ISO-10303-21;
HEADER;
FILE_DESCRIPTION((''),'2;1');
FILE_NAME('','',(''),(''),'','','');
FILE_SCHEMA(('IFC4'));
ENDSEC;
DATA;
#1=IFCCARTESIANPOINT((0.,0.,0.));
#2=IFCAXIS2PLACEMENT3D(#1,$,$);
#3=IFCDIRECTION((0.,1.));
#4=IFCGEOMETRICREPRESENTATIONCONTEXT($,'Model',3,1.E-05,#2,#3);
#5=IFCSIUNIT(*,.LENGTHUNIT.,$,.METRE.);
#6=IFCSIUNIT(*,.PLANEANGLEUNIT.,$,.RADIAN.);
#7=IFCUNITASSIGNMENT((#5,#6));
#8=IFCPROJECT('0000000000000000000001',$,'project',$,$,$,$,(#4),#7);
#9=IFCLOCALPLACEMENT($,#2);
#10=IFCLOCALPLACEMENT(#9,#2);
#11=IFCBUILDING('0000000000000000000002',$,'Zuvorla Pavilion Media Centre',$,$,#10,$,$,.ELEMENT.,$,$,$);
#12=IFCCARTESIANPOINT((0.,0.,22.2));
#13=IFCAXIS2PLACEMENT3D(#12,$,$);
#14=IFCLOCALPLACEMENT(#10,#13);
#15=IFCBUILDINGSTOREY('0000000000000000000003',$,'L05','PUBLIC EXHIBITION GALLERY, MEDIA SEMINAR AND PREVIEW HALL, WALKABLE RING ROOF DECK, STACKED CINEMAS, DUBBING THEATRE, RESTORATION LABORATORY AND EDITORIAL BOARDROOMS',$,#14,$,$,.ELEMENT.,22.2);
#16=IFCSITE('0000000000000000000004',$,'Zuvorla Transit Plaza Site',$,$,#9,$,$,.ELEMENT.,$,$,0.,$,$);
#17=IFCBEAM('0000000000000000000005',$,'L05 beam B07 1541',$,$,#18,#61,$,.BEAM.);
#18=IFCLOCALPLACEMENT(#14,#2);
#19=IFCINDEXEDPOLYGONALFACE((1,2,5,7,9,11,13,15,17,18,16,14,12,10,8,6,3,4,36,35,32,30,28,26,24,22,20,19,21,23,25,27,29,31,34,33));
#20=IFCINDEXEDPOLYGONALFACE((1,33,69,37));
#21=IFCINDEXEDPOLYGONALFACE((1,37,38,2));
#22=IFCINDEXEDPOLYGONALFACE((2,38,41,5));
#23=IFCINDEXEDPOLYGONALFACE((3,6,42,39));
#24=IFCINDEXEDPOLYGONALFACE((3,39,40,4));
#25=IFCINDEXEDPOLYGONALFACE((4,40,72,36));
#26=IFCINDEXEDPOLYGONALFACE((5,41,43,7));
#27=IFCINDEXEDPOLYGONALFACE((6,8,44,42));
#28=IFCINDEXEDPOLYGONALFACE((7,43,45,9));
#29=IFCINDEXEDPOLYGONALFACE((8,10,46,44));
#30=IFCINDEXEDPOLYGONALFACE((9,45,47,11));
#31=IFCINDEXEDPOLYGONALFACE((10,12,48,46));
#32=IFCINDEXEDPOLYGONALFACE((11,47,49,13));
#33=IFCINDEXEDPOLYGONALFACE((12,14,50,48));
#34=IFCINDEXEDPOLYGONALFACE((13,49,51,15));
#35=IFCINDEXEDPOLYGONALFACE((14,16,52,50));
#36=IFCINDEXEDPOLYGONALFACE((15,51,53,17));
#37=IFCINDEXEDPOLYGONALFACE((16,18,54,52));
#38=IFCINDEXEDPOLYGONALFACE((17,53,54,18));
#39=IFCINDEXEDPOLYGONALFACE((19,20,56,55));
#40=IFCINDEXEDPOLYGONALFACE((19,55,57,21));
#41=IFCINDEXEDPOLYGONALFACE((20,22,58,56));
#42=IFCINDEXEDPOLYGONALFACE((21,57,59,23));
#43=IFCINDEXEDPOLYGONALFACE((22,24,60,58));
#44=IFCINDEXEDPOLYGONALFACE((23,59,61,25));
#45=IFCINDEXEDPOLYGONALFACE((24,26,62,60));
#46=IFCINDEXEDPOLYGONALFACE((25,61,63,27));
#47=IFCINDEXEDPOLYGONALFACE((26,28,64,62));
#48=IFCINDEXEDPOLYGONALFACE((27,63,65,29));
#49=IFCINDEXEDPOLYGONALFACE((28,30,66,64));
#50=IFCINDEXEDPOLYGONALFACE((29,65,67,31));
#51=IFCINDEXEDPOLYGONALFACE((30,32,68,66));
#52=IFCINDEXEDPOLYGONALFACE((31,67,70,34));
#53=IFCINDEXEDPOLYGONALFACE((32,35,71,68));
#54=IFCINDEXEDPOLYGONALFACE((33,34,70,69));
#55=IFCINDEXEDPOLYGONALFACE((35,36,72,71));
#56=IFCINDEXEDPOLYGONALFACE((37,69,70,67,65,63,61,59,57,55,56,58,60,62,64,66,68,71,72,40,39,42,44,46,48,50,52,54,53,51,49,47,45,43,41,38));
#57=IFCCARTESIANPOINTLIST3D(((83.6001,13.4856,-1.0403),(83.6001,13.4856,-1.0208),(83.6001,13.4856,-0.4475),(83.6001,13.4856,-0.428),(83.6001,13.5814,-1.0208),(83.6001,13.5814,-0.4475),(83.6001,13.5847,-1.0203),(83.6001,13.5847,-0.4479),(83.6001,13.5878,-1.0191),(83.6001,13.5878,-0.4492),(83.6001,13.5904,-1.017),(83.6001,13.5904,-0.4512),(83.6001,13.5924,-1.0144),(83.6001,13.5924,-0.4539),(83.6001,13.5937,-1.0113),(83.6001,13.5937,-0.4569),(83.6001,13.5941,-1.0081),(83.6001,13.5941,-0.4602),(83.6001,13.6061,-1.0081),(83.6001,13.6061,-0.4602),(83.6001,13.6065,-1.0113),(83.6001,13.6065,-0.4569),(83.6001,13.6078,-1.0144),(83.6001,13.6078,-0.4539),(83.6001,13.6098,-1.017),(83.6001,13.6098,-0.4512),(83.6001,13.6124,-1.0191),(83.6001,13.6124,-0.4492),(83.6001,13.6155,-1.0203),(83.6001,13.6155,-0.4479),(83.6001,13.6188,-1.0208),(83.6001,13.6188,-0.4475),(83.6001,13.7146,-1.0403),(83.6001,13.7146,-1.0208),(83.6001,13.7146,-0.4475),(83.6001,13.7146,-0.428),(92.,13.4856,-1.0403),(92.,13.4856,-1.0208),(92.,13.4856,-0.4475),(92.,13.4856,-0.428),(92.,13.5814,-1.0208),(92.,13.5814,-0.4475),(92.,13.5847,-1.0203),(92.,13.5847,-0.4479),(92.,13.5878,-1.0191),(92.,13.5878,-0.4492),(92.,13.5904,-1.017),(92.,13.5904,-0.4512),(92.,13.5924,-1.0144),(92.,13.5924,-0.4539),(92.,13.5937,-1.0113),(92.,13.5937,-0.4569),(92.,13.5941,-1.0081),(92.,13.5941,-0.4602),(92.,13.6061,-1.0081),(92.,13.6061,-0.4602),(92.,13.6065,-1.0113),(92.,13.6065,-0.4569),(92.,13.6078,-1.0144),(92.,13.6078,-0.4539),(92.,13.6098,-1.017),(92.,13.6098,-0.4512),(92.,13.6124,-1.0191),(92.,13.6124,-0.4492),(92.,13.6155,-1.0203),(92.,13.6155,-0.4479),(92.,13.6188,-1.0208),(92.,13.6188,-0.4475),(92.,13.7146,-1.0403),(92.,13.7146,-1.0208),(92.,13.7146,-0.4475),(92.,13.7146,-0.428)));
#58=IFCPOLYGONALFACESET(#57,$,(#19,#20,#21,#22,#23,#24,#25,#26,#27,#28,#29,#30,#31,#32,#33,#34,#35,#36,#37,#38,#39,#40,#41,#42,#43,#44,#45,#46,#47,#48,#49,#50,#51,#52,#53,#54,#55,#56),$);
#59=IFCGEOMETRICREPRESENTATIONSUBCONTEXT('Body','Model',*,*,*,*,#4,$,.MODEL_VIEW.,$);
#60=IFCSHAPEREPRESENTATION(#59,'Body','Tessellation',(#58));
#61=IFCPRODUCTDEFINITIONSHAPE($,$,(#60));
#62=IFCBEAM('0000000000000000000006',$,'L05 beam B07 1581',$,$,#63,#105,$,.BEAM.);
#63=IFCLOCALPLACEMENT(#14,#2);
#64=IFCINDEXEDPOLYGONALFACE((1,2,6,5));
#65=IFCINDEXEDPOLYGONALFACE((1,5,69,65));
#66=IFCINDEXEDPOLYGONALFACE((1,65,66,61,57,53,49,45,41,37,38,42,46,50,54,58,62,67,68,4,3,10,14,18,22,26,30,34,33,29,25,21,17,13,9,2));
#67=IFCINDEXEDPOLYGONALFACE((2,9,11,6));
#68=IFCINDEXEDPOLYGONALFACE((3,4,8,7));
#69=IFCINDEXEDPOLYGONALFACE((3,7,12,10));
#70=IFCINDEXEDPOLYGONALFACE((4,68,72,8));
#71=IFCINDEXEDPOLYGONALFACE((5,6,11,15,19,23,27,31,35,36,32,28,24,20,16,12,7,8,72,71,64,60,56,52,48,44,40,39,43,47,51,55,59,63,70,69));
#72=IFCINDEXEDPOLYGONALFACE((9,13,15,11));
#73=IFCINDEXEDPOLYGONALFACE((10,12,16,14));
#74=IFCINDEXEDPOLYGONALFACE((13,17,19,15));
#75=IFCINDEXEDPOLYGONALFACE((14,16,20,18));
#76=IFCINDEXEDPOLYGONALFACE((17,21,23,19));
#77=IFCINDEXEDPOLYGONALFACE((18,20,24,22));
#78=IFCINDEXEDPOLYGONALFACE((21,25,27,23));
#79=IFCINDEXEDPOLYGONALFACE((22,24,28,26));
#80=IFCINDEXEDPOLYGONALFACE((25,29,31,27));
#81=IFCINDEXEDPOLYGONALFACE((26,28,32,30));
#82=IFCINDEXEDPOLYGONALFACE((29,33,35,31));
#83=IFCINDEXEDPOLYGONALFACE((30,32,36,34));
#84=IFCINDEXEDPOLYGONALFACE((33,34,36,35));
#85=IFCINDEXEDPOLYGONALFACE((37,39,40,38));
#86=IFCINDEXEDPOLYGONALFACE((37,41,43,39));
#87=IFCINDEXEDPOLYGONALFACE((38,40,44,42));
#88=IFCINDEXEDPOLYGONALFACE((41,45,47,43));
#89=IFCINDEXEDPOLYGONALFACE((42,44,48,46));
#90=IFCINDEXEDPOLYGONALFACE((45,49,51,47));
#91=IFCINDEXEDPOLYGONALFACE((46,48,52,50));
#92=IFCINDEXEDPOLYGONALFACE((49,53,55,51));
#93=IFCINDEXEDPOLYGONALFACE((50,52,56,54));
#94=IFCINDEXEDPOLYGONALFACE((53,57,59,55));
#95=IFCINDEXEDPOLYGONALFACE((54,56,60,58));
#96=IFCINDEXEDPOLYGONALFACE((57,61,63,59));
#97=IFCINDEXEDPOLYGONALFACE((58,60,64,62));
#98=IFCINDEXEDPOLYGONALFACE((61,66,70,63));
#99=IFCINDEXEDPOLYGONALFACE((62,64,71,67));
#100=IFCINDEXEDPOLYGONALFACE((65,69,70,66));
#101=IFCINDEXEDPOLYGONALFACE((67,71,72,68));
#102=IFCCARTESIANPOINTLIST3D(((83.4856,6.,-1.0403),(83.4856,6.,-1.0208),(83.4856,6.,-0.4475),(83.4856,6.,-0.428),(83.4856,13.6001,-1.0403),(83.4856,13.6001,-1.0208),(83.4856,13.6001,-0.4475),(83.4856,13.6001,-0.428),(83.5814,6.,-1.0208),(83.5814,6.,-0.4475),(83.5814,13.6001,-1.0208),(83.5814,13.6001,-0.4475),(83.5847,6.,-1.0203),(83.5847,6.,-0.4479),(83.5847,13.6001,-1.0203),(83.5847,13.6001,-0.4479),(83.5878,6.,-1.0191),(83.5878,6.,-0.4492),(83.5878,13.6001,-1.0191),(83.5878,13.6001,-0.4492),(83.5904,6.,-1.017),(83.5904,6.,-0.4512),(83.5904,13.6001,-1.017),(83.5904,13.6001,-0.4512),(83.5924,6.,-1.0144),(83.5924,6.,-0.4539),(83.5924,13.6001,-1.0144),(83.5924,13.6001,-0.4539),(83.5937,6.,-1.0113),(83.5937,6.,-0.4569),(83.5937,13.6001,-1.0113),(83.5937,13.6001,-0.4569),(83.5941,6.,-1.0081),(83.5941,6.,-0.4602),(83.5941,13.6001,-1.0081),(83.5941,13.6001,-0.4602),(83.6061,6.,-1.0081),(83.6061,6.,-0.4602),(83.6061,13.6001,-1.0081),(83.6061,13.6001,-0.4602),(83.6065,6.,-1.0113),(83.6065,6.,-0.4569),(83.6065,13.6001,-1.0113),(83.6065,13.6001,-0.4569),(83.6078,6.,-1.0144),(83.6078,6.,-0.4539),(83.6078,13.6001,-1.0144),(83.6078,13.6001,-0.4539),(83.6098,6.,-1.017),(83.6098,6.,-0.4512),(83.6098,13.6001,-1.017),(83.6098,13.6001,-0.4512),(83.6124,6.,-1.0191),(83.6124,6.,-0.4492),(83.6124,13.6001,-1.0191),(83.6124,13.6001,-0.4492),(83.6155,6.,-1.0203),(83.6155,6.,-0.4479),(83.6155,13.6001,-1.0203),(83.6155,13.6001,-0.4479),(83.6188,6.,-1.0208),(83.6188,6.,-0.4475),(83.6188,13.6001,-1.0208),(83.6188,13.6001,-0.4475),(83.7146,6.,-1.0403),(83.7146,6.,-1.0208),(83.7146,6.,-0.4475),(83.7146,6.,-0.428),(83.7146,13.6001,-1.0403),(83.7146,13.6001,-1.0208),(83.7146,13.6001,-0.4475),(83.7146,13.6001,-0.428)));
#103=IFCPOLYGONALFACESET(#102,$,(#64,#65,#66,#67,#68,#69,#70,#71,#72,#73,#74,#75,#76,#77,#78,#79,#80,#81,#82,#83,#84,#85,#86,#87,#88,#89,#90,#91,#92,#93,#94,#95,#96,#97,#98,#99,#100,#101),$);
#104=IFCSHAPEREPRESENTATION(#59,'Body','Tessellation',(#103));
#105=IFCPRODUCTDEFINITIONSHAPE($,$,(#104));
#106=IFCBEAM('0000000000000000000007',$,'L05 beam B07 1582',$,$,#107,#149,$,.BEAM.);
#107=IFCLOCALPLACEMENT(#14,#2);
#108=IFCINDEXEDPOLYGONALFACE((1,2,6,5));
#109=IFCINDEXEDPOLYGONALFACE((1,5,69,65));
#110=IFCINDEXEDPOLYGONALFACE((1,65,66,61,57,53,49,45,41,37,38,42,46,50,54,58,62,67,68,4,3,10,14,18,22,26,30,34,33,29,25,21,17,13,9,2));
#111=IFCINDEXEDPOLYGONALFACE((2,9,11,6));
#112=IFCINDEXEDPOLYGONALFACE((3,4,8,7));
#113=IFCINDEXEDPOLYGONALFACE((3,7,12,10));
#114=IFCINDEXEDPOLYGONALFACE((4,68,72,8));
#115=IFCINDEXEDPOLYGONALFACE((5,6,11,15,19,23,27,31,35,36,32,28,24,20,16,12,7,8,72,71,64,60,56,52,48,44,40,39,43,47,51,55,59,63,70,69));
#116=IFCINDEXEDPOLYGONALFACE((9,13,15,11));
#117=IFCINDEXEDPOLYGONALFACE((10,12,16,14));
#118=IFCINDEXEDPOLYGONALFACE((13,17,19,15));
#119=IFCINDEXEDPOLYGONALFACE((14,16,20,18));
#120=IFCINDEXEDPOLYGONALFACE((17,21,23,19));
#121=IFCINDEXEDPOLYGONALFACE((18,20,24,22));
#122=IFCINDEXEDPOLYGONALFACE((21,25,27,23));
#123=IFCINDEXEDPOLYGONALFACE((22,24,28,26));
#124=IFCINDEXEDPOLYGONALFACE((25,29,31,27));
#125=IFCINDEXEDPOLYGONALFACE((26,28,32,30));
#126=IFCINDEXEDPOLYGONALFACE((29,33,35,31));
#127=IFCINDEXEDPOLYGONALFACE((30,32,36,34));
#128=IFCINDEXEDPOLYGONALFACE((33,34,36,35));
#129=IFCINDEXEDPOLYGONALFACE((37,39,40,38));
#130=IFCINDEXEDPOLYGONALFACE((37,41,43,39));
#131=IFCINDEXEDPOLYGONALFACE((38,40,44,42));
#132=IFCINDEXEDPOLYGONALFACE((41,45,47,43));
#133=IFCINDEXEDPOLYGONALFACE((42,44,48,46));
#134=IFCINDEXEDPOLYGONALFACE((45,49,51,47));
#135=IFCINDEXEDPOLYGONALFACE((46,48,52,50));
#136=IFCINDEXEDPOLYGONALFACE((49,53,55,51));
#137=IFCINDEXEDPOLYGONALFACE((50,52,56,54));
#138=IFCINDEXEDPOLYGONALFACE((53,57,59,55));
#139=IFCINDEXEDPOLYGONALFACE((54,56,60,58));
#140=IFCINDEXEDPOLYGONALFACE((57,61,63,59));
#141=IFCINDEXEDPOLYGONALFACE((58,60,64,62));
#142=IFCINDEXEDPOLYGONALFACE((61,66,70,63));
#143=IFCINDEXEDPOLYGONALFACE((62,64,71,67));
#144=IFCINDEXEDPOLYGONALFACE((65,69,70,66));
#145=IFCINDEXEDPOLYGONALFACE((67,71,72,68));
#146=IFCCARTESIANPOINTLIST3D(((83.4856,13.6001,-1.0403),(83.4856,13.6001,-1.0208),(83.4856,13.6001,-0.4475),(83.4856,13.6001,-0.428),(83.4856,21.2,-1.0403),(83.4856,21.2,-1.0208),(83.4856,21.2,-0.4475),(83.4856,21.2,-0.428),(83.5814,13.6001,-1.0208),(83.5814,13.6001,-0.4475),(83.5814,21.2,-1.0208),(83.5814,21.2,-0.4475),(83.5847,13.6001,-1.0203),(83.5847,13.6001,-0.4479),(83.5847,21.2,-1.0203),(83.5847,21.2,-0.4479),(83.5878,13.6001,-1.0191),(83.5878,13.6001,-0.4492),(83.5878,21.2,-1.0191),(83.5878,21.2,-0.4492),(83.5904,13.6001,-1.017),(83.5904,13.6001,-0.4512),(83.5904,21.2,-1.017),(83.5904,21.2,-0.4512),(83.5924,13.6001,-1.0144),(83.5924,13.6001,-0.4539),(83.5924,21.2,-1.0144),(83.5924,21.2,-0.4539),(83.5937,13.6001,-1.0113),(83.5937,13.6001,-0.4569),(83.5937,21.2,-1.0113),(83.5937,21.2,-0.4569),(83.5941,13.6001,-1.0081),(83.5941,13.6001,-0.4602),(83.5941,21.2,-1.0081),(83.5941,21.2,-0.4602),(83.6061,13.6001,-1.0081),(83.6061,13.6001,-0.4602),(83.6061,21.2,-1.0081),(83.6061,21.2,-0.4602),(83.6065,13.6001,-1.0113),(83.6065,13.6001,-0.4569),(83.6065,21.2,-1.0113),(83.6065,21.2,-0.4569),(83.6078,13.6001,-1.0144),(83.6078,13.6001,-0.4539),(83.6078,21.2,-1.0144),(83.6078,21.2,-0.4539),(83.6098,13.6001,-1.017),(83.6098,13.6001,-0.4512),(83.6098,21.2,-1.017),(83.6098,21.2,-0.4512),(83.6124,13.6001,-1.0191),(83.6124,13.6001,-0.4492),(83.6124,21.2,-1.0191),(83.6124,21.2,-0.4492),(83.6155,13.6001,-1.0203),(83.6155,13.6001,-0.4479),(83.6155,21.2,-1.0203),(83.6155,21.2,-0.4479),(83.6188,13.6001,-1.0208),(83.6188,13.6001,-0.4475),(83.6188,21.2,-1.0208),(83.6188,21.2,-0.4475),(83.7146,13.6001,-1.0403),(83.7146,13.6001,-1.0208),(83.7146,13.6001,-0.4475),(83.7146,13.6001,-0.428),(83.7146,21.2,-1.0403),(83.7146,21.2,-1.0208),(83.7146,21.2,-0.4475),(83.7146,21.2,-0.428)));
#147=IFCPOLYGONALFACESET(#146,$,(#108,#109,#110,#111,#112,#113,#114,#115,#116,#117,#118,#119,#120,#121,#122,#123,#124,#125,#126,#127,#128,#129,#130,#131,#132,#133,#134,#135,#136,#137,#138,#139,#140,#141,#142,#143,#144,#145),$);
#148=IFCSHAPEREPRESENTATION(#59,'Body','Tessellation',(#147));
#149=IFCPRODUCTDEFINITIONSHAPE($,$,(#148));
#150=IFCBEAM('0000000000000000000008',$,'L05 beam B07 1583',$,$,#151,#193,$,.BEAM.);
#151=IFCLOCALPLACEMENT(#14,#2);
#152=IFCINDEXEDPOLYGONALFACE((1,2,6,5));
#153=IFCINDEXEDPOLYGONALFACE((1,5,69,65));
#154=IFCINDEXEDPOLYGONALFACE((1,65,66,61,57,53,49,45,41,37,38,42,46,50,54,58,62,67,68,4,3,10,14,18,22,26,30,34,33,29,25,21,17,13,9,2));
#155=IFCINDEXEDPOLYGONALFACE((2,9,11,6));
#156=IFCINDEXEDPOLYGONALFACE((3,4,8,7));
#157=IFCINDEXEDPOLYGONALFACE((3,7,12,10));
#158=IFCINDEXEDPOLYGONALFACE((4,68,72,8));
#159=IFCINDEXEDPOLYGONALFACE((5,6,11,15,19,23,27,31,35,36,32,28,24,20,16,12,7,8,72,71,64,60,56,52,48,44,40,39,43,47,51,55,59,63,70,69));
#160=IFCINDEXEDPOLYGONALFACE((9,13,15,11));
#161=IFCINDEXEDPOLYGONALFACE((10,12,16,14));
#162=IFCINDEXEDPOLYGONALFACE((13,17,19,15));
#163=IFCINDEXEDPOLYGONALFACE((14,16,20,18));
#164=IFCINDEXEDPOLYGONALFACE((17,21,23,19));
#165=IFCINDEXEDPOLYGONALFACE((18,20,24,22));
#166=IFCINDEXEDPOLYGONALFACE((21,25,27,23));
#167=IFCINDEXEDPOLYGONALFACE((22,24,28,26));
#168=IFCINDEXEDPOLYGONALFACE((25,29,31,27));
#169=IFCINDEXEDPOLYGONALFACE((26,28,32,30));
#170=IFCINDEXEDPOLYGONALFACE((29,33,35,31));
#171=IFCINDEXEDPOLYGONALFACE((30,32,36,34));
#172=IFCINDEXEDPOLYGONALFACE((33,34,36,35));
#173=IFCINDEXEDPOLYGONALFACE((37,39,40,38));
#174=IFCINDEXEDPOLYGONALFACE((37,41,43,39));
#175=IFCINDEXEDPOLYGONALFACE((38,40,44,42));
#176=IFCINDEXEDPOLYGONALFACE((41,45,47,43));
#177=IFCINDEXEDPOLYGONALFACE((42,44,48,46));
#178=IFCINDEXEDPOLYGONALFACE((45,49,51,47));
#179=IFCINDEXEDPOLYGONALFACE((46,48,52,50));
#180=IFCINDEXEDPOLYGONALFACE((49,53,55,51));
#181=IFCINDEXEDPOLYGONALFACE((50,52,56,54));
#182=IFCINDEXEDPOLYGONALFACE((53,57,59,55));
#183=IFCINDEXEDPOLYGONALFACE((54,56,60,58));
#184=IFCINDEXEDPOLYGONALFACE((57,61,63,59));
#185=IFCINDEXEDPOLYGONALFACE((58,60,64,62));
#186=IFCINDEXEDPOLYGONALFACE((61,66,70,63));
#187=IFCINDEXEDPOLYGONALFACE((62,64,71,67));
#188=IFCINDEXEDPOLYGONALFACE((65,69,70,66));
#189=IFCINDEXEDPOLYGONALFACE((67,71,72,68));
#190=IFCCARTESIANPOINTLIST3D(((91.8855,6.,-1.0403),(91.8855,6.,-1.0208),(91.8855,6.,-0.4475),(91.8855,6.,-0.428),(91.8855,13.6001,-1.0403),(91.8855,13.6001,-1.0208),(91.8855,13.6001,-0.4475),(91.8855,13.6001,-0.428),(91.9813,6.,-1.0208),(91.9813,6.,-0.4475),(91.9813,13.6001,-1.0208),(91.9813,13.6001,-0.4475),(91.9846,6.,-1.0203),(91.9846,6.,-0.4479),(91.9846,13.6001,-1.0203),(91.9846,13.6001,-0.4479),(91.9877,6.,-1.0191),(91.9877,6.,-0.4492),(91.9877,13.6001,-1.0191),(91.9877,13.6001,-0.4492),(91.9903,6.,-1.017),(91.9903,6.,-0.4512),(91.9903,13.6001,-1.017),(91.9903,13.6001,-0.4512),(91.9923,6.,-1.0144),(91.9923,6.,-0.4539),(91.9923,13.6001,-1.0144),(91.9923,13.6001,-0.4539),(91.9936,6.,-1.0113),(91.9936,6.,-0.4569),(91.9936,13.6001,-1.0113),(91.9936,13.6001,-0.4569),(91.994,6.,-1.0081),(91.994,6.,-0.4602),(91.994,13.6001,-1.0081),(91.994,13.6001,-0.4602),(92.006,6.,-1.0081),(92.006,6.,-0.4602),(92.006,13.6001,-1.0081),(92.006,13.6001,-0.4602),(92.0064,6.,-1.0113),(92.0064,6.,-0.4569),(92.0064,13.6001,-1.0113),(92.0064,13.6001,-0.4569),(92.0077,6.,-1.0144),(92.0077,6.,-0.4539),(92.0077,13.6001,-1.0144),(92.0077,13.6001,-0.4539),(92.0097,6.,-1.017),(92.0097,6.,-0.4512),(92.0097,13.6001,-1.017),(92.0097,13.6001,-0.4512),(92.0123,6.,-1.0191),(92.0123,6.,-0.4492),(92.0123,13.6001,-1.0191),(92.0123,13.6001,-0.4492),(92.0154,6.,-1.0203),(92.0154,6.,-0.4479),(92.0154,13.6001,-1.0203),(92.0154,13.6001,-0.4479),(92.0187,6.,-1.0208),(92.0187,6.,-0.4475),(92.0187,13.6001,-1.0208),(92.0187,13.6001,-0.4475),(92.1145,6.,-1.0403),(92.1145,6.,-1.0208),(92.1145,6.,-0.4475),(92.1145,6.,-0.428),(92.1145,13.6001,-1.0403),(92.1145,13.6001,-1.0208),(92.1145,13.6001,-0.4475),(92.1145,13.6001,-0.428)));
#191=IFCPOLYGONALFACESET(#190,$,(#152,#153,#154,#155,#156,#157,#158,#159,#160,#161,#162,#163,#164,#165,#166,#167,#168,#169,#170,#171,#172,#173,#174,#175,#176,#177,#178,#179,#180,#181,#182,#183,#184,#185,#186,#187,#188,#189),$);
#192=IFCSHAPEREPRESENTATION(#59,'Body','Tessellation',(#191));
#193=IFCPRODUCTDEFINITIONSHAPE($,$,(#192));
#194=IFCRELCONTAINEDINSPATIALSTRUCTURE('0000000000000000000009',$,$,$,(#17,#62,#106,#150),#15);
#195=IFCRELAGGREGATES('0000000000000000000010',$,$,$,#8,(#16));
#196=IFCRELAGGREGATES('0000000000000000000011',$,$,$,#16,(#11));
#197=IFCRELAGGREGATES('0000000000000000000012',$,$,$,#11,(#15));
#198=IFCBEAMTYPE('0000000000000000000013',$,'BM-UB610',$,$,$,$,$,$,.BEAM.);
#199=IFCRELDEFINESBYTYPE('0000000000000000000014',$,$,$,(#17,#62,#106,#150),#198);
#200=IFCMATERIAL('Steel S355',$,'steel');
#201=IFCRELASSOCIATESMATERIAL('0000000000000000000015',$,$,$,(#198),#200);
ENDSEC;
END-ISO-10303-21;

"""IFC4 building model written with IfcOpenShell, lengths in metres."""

from ifc_helpers import new_model, si_unit, direction, frame, origin, origin_2d, place, context, subcontext, project, spatial, i_section, extrude, material, material_profile, profile_set, type_object, element, save


model = new_model("IFC4")

# Units and contexts
model_context = context("Model", 3, precision=1e-05, world=origin(), true_north=direction((0.0, 1.0)))
body_context = subcontext(model_context, "Body", "Model", "MODEL_VIEW")
ifc_project = project(units=[si_unit("LENGTHUNIT", "METRE"), si_unit("PLANEANGLEUNIT", "RADIAN")], contexts=[model_context])

# Site, building, storey
site_placement = place(None, origin())
site = spatial("IfcSite", under=ifc_project, at=site_placement, Name="Zuvorla Transit Plaza Site", CompositionType="ELEMENT", RefElevation=0.0)
building_placement = place(site_placement, origin())
building = spatial("IfcBuilding", under=site, at=building_placement, Name="Zuvorla Pavilion Media Centre", CompositionType="ELEMENT")
storey_placement = place(building_placement, frame((0.0, 0.0, 22.2)))
storey = spatial("IfcBuildingStorey", under=building, at=storey_placement, Name="L05", Description="PUBLIC EXHIBITION GALLERY, MEDIA SEMINAR AND PREVIEW HALL, WALKABLE RING ROOF DECK, STACKED CINEMAS, DUBBING THEATRE, RESTORATION LABORATORY AND EDITORIAL BOARDROOMS", CompositionType="ELEMENT", Elevation=22.2)

# Beams
ifc_material_1 = material(Name="Steel S355", Category="steel")
ifc_material_profile_1 = material_profile(ifc_material_1, i_section(OverallWidth=0.229, OverallDepth=0.6123, WebThickness=0.012, FlangeThickness=0.0195, FilletRadius=0.0127, at=origin_2d()), Name="UB 610x229x125")
ifc_profile_set_1 = profile_set([ifc_material_profile_1], Name="Steel S355")
beam_type_1 = type_object("IfcBeamType", Name="BM-UB610", PredefinedType="BEAM", material=ifc_profile_set_1)
beam_1_placement = place(storey_placement, frame((83.6001, 13.6001, -0.7341), z_axis=(1.0, 0.0, 0.0), x_axis=(0.0, 1.0, 0.0)))
element("IfcBeam", 1, at=beam_1_placement, inside=storey, type_object=beam_type_1, Name="L05 beam B07 1541", PredefinedType="BEAM", context=body_context, shape_type="SweptSolid", body=[
    extrude(i_section(OverallWidth=0.229, OverallDepth=0.6123, WebThickness=0.012, FlangeThickness=0.0195, FilletRadius=0.0127, at=origin_2d()), origin(), (0.0, 0.0, 1.0), 8.3999),
])
beam_2_placement = place(storey_placement, frame((83.6001, 6.0, -0.7341), z_axis=(0.0, 1.0, 0.0), x_axis=(-1.0, 0.0, 0.0)))
element("IfcBeam", 2, at=beam_2_placement, inside=storey, type_object=beam_type_1, Name="L05 beam B07 1581", PredefinedType="BEAM", context=body_context, shape_type="SweptSolid", body=[
    extrude(i_section(OverallWidth=0.229, OverallDepth=0.6123, WebThickness=0.012, FlangeThickness=0.0195, FilletRadius=0.0127, at=origin_2d()), origin(), (0.0, 0.0, 1.0), 7.6001),
])
beam_3_placement = place(storey_placement, frame((83.6001, 13.6001, -0.7341), z_axis=(0.0, 1.0, 0.0), x_axis=(-1.0, 0.0, 0.0)))
element("IfcBeam", 3, at=beam_3_placement, inside=storey, type_object=beam_type_1, Name="L05 beam B07 1582", PredefinedType="BEAM", context=body_context, shape_type="SweptSolid", body=[
    extrude(i_section(OverallWidth=0.229, OverallDepth=0.6123, WebThickness=0.012, FlangeThickness=0.0195, FilletRadius=0.0127, at=origin_2d()), origin(), (0.0, 0.0, 1.0), 7.5999),
])
beam_4_placement = place(storey_placement, frame((92.0, 6.0, -0.7341), z_axis=(0.0, 1.0, 0.0), x_axis=(-1.0, 0.0, 0.0)))
element("IfcBeam", 4, at=beam_4_placement, inside=storey, type_object=beam_type_1, Name="L05 beam B07 1583", PredefinedType="BEAM", context=body_context, shape_type="SweptSolid", body=[
    extrude(i_section(OverallWidth=0.229, OverallDepth=0.6123, WebThickness=0.012, FlangeThickness=0.0195, FilletRadius=0.0127, at=origin_2d()), origin(), (0.0, 0.0, 1.0), 7.6001),
])

save(model, "model.ifc")
